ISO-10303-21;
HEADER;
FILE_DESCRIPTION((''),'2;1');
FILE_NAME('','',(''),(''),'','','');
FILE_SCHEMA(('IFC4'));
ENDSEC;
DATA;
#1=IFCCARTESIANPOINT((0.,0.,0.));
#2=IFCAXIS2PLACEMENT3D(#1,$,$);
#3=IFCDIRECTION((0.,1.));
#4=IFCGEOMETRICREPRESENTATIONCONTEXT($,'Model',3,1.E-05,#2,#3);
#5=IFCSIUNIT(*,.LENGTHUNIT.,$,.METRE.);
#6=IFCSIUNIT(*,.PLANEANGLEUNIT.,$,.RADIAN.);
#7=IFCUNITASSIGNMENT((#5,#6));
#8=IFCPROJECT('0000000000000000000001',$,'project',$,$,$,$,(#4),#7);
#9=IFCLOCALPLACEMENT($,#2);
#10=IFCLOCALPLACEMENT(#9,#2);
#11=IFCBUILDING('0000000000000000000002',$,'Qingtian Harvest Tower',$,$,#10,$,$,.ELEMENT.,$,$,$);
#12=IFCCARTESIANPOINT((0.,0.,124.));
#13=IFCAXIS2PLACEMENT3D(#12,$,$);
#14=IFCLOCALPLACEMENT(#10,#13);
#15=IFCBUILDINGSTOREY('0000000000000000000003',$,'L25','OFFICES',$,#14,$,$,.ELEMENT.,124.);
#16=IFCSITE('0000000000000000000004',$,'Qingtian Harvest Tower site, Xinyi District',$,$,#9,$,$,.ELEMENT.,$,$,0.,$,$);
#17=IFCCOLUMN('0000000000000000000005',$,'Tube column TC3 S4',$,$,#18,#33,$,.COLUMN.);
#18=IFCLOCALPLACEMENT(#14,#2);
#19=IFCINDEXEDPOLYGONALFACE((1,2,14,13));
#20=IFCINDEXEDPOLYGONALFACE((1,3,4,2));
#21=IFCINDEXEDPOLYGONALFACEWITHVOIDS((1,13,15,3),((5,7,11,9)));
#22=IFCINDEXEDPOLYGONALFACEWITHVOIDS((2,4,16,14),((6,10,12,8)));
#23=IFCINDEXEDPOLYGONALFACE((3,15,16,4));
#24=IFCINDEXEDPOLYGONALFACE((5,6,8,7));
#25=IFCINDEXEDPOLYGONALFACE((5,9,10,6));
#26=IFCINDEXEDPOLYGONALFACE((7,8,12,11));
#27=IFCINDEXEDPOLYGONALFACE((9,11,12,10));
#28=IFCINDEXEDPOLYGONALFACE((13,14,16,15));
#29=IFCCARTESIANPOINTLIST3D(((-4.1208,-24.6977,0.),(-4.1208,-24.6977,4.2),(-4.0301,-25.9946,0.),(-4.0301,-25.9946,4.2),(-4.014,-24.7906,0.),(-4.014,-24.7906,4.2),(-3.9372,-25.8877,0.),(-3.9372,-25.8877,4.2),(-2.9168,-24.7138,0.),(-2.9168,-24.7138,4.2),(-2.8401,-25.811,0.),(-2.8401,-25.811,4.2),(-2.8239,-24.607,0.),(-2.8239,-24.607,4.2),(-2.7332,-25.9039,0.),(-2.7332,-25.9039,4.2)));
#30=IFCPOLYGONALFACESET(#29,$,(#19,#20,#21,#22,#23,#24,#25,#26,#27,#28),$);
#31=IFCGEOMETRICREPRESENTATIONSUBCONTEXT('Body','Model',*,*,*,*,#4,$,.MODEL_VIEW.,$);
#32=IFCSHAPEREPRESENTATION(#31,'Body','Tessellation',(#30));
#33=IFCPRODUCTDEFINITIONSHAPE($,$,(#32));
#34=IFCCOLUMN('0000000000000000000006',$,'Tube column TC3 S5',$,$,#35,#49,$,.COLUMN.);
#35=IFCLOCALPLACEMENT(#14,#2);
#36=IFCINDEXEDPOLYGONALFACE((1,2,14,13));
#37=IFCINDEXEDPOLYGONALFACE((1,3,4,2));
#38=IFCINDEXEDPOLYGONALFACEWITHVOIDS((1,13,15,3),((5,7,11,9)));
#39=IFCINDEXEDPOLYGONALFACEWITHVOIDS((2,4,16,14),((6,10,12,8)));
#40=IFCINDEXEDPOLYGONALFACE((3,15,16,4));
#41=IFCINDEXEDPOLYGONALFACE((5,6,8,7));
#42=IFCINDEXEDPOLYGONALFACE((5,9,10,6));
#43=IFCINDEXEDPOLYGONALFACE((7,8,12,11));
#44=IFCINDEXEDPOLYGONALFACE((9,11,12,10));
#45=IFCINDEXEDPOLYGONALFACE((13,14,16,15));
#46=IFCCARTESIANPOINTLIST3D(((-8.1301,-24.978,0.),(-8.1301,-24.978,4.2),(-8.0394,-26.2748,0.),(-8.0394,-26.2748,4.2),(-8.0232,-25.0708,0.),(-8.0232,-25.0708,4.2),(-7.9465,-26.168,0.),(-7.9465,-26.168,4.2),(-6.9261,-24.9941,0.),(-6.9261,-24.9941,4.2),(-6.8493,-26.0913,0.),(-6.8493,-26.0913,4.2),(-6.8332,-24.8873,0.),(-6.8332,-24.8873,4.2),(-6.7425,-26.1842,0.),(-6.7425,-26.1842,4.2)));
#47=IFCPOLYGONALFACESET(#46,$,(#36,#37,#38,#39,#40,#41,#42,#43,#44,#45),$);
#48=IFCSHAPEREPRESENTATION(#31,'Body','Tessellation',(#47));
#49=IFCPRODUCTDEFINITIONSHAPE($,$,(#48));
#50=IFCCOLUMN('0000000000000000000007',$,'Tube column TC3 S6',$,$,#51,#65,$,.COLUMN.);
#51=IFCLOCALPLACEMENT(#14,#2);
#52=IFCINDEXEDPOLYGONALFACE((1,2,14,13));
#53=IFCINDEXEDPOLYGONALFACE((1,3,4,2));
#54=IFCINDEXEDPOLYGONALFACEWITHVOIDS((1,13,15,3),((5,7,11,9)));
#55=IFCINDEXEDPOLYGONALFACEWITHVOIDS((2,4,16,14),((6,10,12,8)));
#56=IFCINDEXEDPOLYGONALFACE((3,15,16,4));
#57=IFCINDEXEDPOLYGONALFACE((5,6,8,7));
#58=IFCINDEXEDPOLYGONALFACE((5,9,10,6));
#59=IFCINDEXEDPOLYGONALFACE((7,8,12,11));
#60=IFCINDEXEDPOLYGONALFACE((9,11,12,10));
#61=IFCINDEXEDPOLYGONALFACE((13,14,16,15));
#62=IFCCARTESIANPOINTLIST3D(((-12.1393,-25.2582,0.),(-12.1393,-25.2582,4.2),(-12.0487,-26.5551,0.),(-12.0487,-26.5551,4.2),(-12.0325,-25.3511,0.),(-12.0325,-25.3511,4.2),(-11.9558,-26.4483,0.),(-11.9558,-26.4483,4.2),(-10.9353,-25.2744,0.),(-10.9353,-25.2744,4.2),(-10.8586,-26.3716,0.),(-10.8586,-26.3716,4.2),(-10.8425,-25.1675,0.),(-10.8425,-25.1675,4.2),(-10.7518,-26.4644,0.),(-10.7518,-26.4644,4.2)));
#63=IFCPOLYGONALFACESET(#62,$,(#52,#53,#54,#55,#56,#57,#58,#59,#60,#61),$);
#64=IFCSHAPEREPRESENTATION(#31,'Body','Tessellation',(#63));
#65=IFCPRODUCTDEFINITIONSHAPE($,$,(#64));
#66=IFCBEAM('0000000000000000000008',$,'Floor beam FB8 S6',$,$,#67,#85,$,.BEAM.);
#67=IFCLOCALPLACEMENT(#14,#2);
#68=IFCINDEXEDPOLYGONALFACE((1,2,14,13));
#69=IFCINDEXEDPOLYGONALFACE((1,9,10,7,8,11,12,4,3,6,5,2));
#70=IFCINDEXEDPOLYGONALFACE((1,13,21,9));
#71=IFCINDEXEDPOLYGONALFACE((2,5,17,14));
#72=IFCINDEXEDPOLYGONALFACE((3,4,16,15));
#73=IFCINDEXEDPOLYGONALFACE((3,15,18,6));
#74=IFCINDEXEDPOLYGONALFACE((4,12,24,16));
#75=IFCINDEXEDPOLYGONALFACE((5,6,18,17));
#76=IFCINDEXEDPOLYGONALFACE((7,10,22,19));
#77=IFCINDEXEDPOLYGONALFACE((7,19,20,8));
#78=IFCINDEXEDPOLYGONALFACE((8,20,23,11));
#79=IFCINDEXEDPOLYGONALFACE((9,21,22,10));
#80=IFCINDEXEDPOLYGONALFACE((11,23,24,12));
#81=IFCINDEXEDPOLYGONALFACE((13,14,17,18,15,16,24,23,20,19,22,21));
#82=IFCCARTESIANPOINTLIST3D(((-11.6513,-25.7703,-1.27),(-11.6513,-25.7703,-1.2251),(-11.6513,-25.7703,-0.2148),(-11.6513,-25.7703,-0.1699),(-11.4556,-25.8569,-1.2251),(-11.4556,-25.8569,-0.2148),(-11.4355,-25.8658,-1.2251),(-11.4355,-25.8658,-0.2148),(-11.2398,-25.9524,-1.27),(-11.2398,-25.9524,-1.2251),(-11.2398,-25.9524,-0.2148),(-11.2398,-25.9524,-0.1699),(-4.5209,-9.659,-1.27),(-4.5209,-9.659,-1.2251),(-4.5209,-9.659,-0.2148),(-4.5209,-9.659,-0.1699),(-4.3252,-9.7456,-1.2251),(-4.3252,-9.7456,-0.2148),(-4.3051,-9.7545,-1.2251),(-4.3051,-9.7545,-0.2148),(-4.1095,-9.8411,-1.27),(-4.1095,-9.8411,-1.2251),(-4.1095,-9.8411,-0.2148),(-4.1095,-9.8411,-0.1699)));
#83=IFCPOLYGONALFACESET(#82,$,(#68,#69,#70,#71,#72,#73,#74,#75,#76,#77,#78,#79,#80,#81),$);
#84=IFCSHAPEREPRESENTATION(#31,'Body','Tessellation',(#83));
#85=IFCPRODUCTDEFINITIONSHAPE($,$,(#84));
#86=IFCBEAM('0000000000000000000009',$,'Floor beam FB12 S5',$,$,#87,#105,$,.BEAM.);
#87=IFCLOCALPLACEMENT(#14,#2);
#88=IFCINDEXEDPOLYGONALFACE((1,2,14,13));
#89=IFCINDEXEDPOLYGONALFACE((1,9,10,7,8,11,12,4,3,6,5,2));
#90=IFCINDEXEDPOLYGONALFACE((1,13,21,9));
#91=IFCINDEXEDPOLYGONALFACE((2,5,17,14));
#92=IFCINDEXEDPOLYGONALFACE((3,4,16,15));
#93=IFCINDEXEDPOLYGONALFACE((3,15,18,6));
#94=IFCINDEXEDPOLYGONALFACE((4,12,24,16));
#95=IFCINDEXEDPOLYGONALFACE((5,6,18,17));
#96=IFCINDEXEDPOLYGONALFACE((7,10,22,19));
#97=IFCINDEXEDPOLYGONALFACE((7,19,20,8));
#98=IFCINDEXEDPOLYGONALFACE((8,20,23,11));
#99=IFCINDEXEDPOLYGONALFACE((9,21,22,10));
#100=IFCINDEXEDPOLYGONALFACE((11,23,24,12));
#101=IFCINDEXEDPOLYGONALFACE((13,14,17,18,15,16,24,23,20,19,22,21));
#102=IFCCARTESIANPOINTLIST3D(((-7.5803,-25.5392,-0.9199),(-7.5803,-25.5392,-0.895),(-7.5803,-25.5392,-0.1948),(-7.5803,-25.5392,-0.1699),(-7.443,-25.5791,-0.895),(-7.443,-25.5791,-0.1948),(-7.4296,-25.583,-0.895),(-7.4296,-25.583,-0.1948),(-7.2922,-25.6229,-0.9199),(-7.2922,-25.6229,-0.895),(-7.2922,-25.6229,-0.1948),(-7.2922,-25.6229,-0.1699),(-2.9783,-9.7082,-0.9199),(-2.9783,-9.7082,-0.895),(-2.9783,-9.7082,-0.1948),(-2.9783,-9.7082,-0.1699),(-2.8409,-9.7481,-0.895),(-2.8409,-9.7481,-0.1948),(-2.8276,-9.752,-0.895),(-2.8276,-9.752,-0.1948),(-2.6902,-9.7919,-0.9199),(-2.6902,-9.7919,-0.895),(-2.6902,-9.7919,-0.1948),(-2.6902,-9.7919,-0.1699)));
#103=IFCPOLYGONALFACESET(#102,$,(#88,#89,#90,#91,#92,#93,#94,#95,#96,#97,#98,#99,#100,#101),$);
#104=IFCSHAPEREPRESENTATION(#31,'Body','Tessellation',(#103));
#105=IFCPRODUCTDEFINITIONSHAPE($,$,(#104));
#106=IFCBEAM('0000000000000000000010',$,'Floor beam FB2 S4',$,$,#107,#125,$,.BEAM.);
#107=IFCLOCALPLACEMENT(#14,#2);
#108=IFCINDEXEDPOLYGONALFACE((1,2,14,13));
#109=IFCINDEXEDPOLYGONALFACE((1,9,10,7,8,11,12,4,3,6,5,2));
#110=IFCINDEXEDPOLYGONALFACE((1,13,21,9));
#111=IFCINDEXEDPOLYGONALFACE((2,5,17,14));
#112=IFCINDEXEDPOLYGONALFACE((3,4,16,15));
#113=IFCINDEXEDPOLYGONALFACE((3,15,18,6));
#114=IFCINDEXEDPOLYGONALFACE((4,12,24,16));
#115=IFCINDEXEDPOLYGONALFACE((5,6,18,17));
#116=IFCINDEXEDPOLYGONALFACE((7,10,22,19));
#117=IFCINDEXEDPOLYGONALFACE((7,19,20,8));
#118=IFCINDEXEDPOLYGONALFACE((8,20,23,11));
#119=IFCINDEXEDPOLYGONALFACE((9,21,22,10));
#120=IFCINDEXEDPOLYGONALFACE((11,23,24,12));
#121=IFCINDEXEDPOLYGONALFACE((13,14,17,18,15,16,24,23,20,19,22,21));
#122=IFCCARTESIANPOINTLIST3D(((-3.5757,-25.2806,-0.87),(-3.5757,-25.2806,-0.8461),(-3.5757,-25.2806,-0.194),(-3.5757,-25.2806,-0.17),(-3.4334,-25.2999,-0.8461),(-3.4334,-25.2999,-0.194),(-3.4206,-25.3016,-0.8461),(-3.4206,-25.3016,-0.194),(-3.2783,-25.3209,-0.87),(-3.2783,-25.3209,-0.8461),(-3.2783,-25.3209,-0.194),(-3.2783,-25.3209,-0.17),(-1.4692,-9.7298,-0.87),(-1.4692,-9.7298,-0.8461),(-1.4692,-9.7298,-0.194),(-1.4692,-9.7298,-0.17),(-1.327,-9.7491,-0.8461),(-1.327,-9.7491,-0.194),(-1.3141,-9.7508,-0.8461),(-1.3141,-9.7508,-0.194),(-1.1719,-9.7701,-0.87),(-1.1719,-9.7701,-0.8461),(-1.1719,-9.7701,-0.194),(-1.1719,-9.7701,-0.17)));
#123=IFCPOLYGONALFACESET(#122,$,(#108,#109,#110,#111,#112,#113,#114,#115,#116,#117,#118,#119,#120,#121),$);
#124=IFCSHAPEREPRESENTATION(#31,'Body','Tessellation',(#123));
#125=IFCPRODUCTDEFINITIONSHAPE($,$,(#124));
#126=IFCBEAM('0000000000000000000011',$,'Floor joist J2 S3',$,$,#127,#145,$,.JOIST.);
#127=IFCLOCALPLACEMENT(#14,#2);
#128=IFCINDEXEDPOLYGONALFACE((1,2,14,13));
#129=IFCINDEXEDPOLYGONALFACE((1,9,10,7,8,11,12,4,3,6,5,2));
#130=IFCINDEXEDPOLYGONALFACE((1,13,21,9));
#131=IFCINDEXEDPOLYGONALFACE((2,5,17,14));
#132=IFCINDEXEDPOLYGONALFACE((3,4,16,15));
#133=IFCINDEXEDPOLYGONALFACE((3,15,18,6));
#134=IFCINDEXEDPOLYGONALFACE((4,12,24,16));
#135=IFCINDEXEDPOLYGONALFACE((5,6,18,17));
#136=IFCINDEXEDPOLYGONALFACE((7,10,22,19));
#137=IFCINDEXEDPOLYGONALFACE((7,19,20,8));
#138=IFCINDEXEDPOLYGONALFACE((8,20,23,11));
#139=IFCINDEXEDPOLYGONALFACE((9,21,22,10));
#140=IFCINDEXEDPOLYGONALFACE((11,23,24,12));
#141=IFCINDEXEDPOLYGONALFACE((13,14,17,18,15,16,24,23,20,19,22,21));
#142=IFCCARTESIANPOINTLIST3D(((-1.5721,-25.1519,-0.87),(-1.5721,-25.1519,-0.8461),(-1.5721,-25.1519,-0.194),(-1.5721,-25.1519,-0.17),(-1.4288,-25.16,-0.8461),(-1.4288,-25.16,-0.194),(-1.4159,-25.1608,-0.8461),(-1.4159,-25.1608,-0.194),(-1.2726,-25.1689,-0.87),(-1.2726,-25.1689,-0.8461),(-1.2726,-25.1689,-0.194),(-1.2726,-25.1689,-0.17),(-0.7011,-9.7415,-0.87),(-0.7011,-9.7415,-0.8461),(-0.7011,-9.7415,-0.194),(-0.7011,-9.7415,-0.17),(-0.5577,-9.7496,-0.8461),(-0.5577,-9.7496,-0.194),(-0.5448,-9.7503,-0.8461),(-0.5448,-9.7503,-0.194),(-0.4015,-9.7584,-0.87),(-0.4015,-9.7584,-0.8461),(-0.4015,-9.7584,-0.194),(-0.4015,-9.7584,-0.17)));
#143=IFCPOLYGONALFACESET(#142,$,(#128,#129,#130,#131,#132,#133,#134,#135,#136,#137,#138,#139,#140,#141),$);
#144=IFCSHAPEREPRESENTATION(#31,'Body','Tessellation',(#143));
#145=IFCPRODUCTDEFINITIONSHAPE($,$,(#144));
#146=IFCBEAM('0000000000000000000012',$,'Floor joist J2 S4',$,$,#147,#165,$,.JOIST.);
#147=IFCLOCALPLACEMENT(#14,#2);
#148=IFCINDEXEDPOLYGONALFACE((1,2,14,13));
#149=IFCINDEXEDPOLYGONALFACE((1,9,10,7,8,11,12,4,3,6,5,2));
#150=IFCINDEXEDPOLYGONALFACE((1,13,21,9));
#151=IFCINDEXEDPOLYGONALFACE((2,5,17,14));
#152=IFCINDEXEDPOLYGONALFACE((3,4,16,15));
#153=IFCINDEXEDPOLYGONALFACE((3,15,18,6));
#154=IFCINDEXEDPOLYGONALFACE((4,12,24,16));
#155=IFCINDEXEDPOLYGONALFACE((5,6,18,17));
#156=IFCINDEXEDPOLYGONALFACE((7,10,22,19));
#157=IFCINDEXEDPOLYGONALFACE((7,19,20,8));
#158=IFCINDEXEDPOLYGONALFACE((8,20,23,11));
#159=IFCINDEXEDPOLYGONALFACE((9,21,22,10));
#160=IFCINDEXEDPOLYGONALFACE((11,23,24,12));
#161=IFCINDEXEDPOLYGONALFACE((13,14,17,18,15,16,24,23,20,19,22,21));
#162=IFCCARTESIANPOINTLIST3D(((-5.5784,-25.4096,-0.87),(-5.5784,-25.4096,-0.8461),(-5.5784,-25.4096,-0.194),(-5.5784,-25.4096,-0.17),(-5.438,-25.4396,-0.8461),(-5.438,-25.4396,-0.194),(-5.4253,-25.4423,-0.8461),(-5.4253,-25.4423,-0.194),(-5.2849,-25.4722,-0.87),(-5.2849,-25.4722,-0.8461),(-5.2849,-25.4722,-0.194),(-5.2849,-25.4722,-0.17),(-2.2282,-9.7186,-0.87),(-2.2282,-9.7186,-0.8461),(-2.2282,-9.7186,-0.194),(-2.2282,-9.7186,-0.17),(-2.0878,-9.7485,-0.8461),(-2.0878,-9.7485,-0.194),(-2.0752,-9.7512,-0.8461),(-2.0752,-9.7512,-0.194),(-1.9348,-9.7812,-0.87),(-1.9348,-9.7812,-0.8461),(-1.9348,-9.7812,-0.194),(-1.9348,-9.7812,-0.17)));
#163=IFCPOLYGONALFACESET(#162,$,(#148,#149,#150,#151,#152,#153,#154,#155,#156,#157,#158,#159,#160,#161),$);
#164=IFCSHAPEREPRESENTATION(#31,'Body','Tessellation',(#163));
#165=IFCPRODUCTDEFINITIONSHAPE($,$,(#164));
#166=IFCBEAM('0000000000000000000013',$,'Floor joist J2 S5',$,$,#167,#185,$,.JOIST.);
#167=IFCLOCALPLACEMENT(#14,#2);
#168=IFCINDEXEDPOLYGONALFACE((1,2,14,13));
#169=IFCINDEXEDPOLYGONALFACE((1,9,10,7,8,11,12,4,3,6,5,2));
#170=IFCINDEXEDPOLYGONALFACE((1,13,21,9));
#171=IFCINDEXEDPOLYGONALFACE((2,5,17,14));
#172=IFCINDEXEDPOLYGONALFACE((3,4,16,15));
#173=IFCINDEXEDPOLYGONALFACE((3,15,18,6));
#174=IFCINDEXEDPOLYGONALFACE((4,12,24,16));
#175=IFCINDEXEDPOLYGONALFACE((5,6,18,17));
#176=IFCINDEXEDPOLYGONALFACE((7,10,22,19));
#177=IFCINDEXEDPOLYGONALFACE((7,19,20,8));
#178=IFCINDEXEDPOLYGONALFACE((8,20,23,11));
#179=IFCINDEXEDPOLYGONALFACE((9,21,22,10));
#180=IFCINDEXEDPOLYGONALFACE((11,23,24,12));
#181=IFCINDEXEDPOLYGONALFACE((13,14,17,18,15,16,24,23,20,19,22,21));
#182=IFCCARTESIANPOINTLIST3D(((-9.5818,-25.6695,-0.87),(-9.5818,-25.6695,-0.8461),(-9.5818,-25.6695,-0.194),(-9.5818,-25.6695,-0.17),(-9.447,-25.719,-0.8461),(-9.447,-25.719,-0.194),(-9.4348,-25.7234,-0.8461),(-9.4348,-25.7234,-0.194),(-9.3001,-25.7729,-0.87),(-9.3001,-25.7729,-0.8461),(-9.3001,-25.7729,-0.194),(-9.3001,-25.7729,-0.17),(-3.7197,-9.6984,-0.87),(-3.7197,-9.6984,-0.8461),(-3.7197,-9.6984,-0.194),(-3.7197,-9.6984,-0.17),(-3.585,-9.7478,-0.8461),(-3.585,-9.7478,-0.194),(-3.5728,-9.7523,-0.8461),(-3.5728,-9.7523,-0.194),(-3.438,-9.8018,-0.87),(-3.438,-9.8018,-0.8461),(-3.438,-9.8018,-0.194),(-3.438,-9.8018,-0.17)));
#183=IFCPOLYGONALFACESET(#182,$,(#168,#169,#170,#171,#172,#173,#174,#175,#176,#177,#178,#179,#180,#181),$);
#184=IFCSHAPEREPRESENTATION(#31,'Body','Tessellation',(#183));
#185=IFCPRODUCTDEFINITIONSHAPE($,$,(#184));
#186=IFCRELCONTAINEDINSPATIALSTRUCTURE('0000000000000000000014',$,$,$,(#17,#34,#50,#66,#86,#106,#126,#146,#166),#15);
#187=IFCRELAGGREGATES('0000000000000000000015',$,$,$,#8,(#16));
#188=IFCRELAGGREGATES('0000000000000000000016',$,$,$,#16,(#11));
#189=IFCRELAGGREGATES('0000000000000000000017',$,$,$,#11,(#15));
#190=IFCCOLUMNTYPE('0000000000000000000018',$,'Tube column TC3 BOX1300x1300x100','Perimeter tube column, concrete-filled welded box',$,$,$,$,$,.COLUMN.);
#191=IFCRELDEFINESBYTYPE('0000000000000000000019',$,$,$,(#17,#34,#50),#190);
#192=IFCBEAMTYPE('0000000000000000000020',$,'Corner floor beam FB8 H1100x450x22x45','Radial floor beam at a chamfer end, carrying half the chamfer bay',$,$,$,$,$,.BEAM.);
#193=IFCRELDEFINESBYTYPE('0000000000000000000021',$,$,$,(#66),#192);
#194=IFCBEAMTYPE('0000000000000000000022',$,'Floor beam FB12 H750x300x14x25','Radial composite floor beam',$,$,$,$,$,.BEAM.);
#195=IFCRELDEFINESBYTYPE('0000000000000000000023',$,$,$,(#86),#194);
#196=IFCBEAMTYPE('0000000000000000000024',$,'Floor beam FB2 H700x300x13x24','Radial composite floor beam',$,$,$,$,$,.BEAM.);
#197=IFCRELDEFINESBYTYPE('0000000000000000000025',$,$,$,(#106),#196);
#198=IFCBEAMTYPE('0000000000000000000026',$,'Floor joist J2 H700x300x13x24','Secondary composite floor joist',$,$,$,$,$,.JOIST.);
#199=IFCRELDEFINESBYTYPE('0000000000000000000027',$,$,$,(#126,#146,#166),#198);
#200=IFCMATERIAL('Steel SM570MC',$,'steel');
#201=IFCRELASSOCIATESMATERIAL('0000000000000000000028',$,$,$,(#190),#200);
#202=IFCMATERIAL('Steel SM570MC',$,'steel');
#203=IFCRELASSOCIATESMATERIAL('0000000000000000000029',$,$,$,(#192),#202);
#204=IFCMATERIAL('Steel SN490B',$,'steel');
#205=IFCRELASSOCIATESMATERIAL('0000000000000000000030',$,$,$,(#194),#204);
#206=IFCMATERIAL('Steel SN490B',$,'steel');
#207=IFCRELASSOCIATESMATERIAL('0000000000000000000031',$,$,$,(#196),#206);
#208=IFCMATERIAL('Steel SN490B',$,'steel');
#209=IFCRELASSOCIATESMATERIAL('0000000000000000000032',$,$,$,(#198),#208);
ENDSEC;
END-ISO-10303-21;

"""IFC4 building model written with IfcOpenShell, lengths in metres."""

from ifc_helpers import new_model, si_unit, direction, frame, origin, origin_2d, place, context, subcontext, project, spatial, hollow_rectangle, i_section, extrude, material, material_profile, profile_set, type_object, element, save


model = new_model("IFC4")

# Units and contexts
model_context = context("Model", 3, precision=1e-05, world=origin(), true_north=direction((0.0, 1.0)))
body_context = subcontext(model_context, "Body", "Model", "MODEL_VIEW")
ifc_project = project(units=[si_unit("LENGTHUNIT", "METRE"), si_unit("PLANEANGLEUNIT", "RADIAN")], contexts=[model_context])

# Site, building, storey
site_placement = place(None, origin())
site = spatial("IfcSite", under=ifc_project, at=site_placement, Name="Qingtian Harvest Tower site, Xinyi District", CompositionType="ELEMENT", RefElevation=0.0)
building_placement = place(site_placement, origin())
building = spatial("IfcBuilding", under=site, at=building_placement, Name="Qingtian Harvest Tower", CompositionType="ELEMENT")
storey_placement = place(building_placement, frame((0.0, 0.0, 124.0)))
storey = spatial("IfcBuildingStorey", under=building, at=storey_placement, Name="L25", Description="OFFICES", CompositionType="ELEMENT", Elevation=124.0)

# Columns
ifc_material_1 = material(Name="Steel SM570MC", Category="steel")
ifc_material_profile_1 = material_profile(ifc_material_1, hollow_rectangle(XDim=1.3, YDim=1.3, WallThickness=0.1001, at=origin_2d()), Name="BOX1300x1300x100")
ifc_profile_set_1 = profile_set([ifc_material_profile_1], Name="Steel SM570MC")
column_type = type_object("IfcColumnType", Name="Tube column TC3 BOX1300x1300x100", Description="Perimeter tube column, concrete-filled welded box", PredefinedType="COLUMN", material=ifc_profile_set_1)
for number, where, z_axis, x_axis, name in (
    (1, (-3.427, -25.3008, 0.0), (0.0, 0.0, 1.0), (0.997564, 0.069756, 0.0), "Tube column TC3 S4"),
    (2, (-7.4363, -25.5811, 0.0), (0.0, 0.0, 1.0), (0.997564, 0.069756, 0.0), "Tube column TC3 S5"),
    (3, (-11.4456, -25.8613, 0.0), (0.0, 0.0, 1.0), (0.997564, 0.069756, 0.0), "Tube column TC3 S6"),
):
    element("IfcColumn", number, at=place(storey_placement, frame(where, z_axis=z_axis, x_axis=x_axis)), inside=storey, type_object=column_type, Name=name, PredefinedType="COLUMN", context=body_context, shape_type="SweptSolid", body=[
        extrude(hollow_rectangle(XDim=1.3, YDim=1.3, WallThickness=0.1001, at=origin_2d()), origin(), (0.0, 0.0, 1.0), 4.2),
    ])

# Beams
ifc_material_2 = material(Name="Steel SM570MC", Category="steel")
ifc_material_profile_2 = material_profile(ifc_material_2, i_section(OverallWidth=0.45, OverallDepth=1.1001, WebThickness=0.022, FlangeThickness=0.0449, at=origin_2d()), Name="H1100x450x22x45")
ifc_profile_set_2 = profile_set([ifc_material_profile_2], Name="Steel SM570MC")
beam_type_1 = type_object("IfcBeamType", Name="Corner floor beam FB8 H1100x450x22x45", Description="Radial floor beam at a chamfer end, carrying half the chamfer bay", PredefinedType="BEAM", material=ifc_profile_set_2)
beam_1_placement = place(storey_placement, frame((-11.4456, -25.8613, -0.72), z_axis=(0.404706, 0.914447, 0.0), x_axis=(-0.914447, 0.404706, 0.0)))
element("IfcBeam", 4, at=beam_1_placement, inside=storey, type_object=beam_type_1, Name="Floor beam FB8 S6", PredefinedType="BEAM", context=body_context, shape_type="SweptSolid", body=[
    extrude(i_section(OverallWidth=0.45, OverallDepth=1.1001, WebThickness=0.022, FlangeThickness=0.0449, at=origin_2d()), origin(), (0.0, 0.0, 1.0), 17.6187),
])
ifc_material_3 = material(Name="Steel SN490B", Category="steel")
ifc_material_profile_3 = material_profile(ifc_material_3, i_section(OverallWidth=0.3, OverallDepth=0.75, WebThickness=0.0139, FlangeThickness=0.0249, at=origin_2d()), Name="H750x300x14x25")
ifc_profile_set_3 = profile_set([ifc_material_profile_3], Name="Steel SN490B")
beam_type_2 = type_object("IfcBeamType", Name="Floor beam FB12 H750x300x14x25", Description="Radial composite floor beam", PredefinedType="BEAM", material=ifc_profile_set_3)
beam_2_placement = place(storey_placement, frame((-7.4363, -25.5811, -0.5449), z_axis=(0.279142, 0.96025, 0.0), x_axis=(-0.96025, 0.279142, 0.0)))
element("IfcBeam", 5, at=beam_2_placement, inside=storey, type_object=beam_type_2, Name="Floor beam FB12 S5", PredefinedType="BEAM", context=body_context, shape_type="SweptSolid", body=[
    extrude(i_section(OverallWidth=0.3, OverallDepth=0.75, WebThickness=0.0139, FlangeThickness=0.0249, at=origin_2d()), origin(), (0.0, 0.0, 1.0), 16.4863),
])
ifc_material_4 = material(Name="Steel SN490B", Category="steel")
ifc_material_profile_4 = material_profile(ifc_material_4, i_section(OverallWidth=0.3, OverallDepth=0.7, WebThickness=0.0129, FlangeThickness=0.0239, at=origin_2d()), Name="H700x300x13x24")
ifc_profile_set_4 = profile_set([ifc_material_profile_4], Name="Steel SN490B")
beam_type_3 = type_object("IfcBeamType", Name="Floor beam FB2 H700x300x13x24", Description="Radial composite floor beam", PredefinedType="BEAM", material=ifc_profile_set_4)
beam_3_placement = place(storey_placement, frame((-3.427, -25.3008, -0.52), z_axis=(0.13423, 0.99095, 0.0), x_axis=(-0.99095, 0.13423, 0.0)))
element("IfcBeam", 6, at=beam_3_placement, inside=storey, type_object=beam_type_3, Name="Floor beam FB2 S4", PredefinedType="BEAM", context=body_context, shape_type="SweptSolid", body=[
    extrude(i_section(OverallWidth=0.3, OverallDepth=0.7, WebThickness=0.0129, FlangeThickness=0.0239, at=origin_2d()), origin(), (0.0, 0.0, 1.0), 15.6929),
])
ifc_material_5 = material(Name="Steel SN490B", Category="steel")
ifc_material_profile_5 = material_profile(ifc_material_5, i_section(OverallWidth=0.3, OverallDepth=0.7, WebThickness=0.0129, FlangeThickness=0.0239, at=origin_2d()), Name="H700x300x13x24")
ifc_profile_set_5 = profile_set([ifc_material_profile_5], Name="Steel SN490B")
beam_type_4 = type_object("IfcBeamType", Name="Floor joist J2 H700x300x13x24", Description="Secondary composite floor joist", PredefinedType="JOIST", material=ifc_profile_set_5)
beam_4_placement = place(storey_placement, frame((-1.4224, -25.1604, -0.52), z_axis=(0.056436, 0.998406, 0.0), x_axis=(-0.998406, 0.056436, 0.0)))
element("IfcBeam", 7, at=beam_4_placement, inside=storey, type_object=beam_type_4, Name="Floor joist J2 S3", PredefinedType="JOIST", context=body_context, shape_type="SweptSolid", body=[
    extrude(i_section(OverallWidth=0.3, OverallDepth=0.7, WebThickness=0.0129, FlangeThickness=0.0239, at=origin_2d()), origin(), (0.0, 0.0, 1.0), 15.4351),
])
beam_5_placement = place(storey_placement, frame((-5.4316, -25.4409, -0.52), z_axis=(0.2088, 0.977958, 0.0), x_axis=(-0.977958, 0.2088, 0.0)))
element("IfcBeam", 8, at=beam_5_placement, inside=storey, type_object=beam_type_4, Name="Floor joist J2 S4", PredefinedType="JOIST", context=body_context, shape_type="SweptSolid", body=[
    extrude(i_section(OverallWidth=0.3, OverallDepth=0.7, WebThickness=0.0129, FlangeThickness=0.0239, at=origin_2d()), origin(), (0.0, 0.0, 1.0), 16.0447),
])
beam_6_placement = place(storey_placement, frame((-9.4409, -25.7212, -0.52), z_axis=(0.344563, 0.938763, 0.0), x_axis=(-0.938763, 0.344563, 0.0)))
element("IfcBeam", 9, at=beam_6_placement, inside=storey, type_object=beam_type_4, Name="Floor joist J2 S5", PredefinedType="JOIST", context=body_context, shape_type="SweptSolid", body=[
    extrude(i_section(OverallWidth=0.3, OverallDepth=0.7, WebThickness=0.0129, FlangeThickness=0.0239, at=origin_2d()), origin(), (0.0, 0.0, 1.0), 17.0129),
])

save(model, "model.ifc")
